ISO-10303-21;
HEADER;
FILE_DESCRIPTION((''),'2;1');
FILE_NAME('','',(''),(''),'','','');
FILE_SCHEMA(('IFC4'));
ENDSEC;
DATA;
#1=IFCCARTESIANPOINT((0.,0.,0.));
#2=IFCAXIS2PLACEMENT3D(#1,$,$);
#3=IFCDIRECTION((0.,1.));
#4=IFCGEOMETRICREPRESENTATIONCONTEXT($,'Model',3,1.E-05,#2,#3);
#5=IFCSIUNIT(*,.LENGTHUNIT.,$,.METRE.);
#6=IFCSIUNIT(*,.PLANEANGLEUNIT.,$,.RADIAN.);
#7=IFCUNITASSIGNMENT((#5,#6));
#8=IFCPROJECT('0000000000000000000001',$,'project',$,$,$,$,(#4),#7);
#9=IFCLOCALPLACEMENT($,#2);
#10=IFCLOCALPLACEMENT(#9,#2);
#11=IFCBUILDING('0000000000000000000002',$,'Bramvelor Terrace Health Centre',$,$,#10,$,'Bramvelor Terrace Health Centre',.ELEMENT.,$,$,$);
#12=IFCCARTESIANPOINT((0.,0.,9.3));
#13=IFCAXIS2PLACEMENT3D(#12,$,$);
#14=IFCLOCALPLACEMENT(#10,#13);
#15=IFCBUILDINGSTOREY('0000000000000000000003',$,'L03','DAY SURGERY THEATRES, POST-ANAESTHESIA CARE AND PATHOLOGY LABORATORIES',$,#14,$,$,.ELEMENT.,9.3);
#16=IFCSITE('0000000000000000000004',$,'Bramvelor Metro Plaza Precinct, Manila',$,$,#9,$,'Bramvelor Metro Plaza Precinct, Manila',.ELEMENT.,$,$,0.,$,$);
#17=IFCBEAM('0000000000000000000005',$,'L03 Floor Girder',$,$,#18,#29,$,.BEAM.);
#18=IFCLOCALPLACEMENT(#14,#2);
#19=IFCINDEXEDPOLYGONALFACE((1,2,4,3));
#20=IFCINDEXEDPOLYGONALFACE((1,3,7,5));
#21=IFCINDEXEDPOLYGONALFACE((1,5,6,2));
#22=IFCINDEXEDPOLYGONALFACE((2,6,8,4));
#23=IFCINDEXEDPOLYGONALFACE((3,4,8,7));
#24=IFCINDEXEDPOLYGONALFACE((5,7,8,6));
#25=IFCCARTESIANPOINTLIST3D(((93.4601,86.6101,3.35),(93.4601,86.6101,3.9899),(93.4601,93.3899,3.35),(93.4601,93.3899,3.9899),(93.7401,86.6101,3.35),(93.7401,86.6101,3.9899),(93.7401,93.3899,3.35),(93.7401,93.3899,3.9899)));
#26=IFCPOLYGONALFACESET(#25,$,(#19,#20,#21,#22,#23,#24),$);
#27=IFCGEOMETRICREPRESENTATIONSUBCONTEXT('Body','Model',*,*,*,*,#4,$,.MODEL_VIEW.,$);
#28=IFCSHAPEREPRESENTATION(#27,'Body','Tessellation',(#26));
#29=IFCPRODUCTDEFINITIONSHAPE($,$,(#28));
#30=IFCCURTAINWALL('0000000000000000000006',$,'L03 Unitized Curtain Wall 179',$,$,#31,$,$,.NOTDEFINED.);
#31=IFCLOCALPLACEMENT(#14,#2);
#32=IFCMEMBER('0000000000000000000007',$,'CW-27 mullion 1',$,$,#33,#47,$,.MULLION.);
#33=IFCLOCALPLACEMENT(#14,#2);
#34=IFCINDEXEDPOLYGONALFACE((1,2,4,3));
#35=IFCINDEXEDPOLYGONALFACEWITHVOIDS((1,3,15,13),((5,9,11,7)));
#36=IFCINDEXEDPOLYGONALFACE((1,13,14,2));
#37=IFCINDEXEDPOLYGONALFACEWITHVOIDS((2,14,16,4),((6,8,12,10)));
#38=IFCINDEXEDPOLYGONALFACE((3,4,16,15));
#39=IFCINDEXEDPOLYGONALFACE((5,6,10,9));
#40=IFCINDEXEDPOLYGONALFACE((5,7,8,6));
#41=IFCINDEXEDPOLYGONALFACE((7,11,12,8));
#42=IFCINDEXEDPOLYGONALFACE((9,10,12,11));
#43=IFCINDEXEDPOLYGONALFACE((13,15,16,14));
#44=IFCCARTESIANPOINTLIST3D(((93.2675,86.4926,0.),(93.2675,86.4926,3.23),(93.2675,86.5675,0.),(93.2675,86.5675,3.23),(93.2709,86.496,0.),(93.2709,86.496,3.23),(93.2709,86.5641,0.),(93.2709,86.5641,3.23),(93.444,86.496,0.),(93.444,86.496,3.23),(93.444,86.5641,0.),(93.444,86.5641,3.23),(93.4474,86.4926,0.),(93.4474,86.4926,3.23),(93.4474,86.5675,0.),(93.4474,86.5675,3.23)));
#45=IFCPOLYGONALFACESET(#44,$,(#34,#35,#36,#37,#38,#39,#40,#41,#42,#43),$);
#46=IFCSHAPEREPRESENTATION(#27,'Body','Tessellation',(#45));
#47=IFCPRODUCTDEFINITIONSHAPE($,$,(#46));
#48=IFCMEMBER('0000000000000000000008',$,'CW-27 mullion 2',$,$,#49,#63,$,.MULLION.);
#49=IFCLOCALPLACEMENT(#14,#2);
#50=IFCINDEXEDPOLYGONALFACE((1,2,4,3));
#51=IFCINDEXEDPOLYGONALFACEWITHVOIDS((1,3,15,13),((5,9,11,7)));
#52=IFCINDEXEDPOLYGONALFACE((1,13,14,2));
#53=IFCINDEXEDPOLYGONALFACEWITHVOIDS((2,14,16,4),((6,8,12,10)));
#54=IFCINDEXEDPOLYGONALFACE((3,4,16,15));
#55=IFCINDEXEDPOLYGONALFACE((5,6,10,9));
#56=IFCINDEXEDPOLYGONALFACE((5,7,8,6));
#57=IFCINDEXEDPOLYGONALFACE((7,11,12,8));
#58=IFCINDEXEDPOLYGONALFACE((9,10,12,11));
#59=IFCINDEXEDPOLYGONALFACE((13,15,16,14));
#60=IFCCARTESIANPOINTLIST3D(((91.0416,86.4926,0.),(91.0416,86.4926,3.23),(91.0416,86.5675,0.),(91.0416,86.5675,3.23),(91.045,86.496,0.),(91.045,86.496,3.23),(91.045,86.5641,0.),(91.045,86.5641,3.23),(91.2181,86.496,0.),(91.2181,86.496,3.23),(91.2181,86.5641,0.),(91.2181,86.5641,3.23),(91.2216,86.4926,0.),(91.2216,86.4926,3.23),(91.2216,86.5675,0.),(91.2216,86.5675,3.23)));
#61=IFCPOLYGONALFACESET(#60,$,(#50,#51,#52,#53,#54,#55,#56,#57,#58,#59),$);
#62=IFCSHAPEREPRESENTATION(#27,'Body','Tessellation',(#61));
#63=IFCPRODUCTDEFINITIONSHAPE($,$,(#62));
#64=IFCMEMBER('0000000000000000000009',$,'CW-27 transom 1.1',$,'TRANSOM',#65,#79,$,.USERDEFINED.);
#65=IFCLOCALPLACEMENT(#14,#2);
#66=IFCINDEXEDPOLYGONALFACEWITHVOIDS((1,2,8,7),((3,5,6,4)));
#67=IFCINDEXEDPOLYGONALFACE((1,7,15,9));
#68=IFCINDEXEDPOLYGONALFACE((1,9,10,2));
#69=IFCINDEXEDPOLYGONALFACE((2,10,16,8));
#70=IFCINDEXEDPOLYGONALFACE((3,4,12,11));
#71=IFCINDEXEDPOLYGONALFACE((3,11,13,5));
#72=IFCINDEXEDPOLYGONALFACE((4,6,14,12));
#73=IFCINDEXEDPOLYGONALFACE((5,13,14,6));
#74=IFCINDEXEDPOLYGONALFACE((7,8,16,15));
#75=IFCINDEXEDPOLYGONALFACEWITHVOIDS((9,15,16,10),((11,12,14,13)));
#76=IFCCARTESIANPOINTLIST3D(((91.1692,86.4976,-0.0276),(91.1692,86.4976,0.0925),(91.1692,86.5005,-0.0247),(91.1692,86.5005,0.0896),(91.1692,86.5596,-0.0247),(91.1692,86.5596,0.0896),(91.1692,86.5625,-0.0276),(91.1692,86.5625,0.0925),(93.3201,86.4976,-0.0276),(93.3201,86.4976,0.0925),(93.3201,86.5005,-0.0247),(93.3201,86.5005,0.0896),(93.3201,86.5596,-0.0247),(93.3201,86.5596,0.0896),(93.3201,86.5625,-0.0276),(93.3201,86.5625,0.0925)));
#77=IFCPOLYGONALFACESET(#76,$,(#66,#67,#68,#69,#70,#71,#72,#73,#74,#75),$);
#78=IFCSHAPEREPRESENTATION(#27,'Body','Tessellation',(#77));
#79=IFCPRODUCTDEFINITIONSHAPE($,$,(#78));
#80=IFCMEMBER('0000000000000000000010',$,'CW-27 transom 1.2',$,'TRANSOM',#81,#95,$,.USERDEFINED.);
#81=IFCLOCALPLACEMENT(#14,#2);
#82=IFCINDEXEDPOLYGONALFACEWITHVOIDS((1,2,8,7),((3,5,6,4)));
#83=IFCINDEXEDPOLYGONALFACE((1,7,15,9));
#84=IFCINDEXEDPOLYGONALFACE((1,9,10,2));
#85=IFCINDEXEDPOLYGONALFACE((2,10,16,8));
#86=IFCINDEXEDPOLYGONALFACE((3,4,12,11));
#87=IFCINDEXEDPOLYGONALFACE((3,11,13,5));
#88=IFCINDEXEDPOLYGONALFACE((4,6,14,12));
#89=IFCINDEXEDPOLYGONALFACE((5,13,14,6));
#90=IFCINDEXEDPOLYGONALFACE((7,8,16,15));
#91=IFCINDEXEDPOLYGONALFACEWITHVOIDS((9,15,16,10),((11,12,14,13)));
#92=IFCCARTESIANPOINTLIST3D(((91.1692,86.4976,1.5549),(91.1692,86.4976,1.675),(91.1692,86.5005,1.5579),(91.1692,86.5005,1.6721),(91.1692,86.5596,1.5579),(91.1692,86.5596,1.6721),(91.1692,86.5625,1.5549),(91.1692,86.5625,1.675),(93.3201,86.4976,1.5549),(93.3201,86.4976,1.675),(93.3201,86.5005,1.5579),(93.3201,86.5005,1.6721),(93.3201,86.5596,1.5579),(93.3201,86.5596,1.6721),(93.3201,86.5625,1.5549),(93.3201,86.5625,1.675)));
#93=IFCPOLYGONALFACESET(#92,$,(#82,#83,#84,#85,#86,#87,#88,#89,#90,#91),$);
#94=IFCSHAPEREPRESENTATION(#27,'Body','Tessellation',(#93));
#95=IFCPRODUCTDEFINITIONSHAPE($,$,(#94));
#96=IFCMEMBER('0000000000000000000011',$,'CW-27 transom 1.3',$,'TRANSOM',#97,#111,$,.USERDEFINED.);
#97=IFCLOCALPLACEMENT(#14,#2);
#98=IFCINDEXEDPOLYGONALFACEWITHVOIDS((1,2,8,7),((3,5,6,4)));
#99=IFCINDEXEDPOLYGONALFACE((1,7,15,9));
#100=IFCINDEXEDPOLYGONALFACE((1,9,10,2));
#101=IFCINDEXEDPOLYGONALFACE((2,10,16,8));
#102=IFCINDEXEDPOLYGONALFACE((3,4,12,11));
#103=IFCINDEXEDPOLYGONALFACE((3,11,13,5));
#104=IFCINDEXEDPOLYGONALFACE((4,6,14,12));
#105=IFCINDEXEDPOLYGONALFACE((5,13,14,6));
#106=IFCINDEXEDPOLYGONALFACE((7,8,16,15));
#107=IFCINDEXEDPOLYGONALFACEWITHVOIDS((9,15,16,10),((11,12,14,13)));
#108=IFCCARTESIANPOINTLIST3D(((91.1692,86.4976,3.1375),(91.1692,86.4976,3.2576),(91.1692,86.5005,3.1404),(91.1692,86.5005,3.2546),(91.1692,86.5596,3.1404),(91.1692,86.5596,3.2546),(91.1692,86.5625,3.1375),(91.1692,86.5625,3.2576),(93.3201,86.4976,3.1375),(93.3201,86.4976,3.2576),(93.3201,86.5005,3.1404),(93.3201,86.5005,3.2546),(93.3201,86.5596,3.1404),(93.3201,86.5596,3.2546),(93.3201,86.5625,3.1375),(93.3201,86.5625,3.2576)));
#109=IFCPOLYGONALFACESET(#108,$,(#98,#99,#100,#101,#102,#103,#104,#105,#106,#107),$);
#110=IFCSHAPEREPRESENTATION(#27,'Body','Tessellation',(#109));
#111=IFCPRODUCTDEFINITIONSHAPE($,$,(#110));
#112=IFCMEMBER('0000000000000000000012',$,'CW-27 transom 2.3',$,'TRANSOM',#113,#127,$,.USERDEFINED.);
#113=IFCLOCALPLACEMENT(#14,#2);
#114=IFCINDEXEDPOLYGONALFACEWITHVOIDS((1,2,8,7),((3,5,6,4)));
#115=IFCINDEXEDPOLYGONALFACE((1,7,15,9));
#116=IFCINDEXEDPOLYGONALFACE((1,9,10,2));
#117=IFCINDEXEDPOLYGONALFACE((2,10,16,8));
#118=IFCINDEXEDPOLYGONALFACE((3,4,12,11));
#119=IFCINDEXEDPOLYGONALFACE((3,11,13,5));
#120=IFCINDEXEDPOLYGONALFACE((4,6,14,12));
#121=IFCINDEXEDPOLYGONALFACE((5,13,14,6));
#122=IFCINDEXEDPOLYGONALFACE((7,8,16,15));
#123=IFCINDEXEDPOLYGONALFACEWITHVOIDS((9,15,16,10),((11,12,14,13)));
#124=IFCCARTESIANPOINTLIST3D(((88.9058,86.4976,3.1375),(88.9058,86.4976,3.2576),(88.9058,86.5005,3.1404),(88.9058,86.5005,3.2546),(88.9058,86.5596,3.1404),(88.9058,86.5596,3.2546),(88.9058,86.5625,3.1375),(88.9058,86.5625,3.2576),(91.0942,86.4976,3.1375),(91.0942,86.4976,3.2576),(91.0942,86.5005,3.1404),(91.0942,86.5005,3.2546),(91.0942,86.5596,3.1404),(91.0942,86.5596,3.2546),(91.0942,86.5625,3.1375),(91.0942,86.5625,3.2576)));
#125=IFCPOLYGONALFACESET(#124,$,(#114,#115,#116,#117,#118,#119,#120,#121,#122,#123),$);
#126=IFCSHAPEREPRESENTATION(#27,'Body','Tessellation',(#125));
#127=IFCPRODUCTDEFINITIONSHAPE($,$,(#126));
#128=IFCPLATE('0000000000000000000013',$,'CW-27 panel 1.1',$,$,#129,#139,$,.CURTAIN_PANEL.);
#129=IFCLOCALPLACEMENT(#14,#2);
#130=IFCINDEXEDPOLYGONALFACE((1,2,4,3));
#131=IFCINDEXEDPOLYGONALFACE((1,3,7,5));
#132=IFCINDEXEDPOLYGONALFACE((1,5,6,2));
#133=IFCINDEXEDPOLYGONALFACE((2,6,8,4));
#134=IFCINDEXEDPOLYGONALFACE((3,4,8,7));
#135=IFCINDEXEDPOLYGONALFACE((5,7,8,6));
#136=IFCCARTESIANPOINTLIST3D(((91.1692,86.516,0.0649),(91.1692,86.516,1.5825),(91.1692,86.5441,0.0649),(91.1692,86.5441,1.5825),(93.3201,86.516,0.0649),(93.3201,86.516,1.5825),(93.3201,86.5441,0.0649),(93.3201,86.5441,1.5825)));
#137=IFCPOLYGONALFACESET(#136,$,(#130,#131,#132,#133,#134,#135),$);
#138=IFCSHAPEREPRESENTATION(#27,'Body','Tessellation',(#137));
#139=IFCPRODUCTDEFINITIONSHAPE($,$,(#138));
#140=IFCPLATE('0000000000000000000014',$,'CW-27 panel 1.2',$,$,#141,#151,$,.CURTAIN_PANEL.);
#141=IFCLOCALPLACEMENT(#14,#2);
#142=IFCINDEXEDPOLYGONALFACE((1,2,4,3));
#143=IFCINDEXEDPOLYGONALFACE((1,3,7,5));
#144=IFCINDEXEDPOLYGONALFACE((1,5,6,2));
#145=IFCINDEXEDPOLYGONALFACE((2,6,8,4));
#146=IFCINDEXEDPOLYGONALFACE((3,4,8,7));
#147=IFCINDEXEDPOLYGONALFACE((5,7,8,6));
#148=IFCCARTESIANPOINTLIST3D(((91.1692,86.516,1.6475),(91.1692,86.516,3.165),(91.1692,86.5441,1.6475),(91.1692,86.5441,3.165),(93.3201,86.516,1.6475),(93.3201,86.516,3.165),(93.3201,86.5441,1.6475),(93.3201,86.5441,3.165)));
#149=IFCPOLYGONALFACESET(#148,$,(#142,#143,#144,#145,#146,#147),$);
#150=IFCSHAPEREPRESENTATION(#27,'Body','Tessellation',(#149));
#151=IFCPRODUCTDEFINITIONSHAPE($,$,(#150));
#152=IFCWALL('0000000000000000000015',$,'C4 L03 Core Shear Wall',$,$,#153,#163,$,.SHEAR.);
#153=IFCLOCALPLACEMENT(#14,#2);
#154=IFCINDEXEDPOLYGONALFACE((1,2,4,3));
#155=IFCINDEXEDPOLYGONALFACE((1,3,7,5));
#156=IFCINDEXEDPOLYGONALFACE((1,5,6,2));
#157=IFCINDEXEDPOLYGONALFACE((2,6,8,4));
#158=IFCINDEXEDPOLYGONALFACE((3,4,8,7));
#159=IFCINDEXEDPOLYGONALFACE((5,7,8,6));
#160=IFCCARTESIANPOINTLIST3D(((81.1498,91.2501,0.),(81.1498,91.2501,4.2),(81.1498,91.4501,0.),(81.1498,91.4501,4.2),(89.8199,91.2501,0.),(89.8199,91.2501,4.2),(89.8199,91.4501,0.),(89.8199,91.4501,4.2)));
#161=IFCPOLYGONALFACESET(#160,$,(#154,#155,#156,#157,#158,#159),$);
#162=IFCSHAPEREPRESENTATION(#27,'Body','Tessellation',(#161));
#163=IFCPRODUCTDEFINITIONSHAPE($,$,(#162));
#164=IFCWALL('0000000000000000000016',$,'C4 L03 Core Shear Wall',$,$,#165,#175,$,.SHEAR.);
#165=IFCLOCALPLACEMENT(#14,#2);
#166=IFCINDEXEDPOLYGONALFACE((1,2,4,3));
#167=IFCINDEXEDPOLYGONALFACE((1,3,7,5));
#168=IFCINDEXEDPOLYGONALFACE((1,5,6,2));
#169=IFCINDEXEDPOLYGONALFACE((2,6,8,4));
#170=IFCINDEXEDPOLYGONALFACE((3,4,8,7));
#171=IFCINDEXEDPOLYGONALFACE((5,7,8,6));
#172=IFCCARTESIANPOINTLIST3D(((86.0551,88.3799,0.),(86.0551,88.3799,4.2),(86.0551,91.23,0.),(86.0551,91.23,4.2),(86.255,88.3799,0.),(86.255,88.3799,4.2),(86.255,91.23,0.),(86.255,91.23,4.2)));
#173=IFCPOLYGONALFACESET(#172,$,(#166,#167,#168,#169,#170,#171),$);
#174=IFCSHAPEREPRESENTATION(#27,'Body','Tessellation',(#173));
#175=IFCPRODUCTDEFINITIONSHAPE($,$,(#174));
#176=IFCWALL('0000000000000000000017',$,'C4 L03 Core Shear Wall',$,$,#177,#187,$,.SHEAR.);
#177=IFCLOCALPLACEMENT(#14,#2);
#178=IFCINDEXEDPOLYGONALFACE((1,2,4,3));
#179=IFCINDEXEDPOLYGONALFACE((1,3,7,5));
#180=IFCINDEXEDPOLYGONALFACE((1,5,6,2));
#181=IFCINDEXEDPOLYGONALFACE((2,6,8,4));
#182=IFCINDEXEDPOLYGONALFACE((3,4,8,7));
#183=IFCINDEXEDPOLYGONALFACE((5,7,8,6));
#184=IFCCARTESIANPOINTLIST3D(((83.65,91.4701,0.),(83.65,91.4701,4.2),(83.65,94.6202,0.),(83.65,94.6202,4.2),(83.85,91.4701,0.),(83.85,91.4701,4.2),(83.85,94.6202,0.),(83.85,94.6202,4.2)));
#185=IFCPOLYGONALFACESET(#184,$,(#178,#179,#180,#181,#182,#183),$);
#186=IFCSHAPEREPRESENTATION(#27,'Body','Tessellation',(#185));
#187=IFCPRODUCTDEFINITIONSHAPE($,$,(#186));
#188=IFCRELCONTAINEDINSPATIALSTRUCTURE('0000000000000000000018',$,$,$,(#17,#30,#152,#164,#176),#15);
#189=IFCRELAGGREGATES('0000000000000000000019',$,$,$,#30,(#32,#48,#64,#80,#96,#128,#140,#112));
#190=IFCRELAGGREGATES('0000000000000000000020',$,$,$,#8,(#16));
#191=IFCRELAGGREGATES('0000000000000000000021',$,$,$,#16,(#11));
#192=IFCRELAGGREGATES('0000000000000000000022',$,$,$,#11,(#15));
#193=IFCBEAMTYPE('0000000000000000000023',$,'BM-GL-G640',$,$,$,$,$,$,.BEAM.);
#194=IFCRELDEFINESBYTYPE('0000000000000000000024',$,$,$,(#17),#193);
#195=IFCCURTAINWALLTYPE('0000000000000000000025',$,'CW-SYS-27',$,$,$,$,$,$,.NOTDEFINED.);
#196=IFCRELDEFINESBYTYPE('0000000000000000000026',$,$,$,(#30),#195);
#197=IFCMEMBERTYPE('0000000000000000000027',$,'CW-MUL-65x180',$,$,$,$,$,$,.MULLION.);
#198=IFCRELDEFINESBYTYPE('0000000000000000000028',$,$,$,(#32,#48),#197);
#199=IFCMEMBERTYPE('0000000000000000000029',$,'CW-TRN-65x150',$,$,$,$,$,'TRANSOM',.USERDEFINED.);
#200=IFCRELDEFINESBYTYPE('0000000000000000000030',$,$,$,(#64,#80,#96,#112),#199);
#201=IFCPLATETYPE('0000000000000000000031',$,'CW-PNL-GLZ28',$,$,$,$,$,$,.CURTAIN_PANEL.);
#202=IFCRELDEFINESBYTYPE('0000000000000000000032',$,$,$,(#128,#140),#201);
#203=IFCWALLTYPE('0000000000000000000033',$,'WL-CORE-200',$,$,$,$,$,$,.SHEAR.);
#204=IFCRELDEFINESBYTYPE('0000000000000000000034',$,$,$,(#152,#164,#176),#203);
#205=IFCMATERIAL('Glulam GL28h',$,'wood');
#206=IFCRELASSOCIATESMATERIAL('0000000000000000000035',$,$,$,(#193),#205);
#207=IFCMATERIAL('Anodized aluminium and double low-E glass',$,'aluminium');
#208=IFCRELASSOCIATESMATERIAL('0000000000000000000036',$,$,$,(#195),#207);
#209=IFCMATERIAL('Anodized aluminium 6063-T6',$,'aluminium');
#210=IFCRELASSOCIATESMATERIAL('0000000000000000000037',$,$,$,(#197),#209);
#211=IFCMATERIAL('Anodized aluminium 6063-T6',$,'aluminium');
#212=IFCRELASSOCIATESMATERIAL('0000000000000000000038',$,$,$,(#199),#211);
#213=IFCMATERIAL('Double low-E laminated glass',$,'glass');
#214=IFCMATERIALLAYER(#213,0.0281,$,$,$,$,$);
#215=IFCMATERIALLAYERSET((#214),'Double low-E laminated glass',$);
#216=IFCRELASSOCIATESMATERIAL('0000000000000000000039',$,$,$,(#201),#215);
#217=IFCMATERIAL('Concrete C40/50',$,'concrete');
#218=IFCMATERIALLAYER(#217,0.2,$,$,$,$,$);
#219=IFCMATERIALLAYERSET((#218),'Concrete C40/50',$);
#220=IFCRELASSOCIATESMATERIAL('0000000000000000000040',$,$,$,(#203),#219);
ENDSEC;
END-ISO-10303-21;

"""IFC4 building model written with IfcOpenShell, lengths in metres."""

from ifc_helpers import new_model, si_unit, direction, frame, frame_2d, origin, origin_2d, place, context, subcontext, project, spatial, rectangle, hollow_rectangle, extrude, material, layer, layer_set, material_profile, profile_set, type_object, element, aggregate, save


model = new_model("IFC4")

# Units and contexts
model_context = context("Model", 3, precision=1e-05, world=origin(), true_north=direction((0.0, 1.0)))
body_context = subcontext(model_context, "Body", "Model", "MODEL_VIEW")
ifc_project = project(units=[si_unit("LENGTHUNIT", "METRE"), si_unit("PLANEANGLEUNIT", "RADIAN")], contexts=[model_context])

# Site, building, storey
site_placement = place(None, origin())
site = spatial("IfcSite", under=ifc_project, at=site_placement, Name="Bramvelor Metro Plaza Precinct, Manila", LongName="Bramvelor Metro Plaza Precinct, Manila", CompositionType="ELEMENT", RefElevation=0.0)
building_placement = place(site_placement, origin())
building = spatial("IfcBuilding", under=site, at=building_placement, Name="Bramvelor Terrace Health Centre", LongName="Bramvelor Terrace Health Centre", CompositionType="ELEMENT")
storey_placement = place(building_placement, frame((0.0, 0.0, 9.3)))
storey = spatial("IfcBuildingStorey", under=building, at=storey_placement, Name="L03", Description="DAY SURGERY THEATRES, POST-ANAESTHESIA CARE AND PATHOLOGY LABORATORIES", CompositionType="ELEMENT", Elevation=9.3)

# Beam
ifc_material_1 = material(Name="Glulam GL28h", Category="wood")
ifc_material_profile_1 = material_profile(ifc_material_1, rectangle(XDim=0.28, YDim=0.6399, at=origin_2d()), Name="GL 280x640")
ifc_profile_set_1 = profile_set([ifc_material_profile_1], Name="Glulam GL28h")
beam_type = type_object("IfcBeamType", Name="BM-GL-G640", PredefinedType="BEAM", material=ifc_profile_set_1)
beam_placement = place(storey_placement, frame((93.6001, 86.6101, 3.6699), z_axis=(0.0, 1.0, 0.0), x_axis=(-1.0, 0.0, 0.0)))
element("IfcBeam", 1, at=beam_placement, inside=storey, type_object=beam_type, Name="L03 Floor Girder", PredefinedType="BEAM", context=body_context, shape_type="SweptSolid", body=[
    extrude(rectangle(XDim=0.28, YDim=0.6399, at=origin_2d()), origin(), (0.0, 0.0, 1.0), 6.7798),
])

# Curtain wall, members, plates
ifc_material_2 = material(Name="Anodized aluminium and double low-E glass", Category="aluminium")
curtain_wall_type = type_object("IfcCurtainWallType", Name="CW-SYS-27", PredefinedType="NOTDEFINED", material=ifc_material_2)
curtain_wall_placement = place(storey_placement, origin())
curtain_wall = element("IfcCurtainWall", 2, at=curtain_wall_placement, inside=storey, type_object=curtain_wall_type, Name="L03 Unitized Curtain Wall 179", PredefinedType="NOTDEFINED")
ifc_material_3 = material(Name="Anodized aluminium 6063-T6", Category="aluminium")
ifc_material_profile_2 = material_profile(ifc_material_3, hollow_rectangle(XDim=0.075, YDim=0.1799, WallThickness=0.0034, at=origin_2d()), Name="ALU-MUL 75x180x3.5")
ifc_profile_set_2 = profile_set([ifc_material_profile_2], Name="Anodized aluminium 6063-T6")
member_type_1 = type_object("IfcMemberType", Name="CW-MUL-65x180", PredefinedType="MULLION", material=ifc_profile_set_2)
member_1_placement = place(storey_placement, frame((93.3574, 86.53, 0.0), z_axis=(0.0, 0.0, 1.0), x_axis=(0.0, -1.0, 0.0)))
member_1 = element("IfcMember", 3, at=member_1_placement, type_object=member_type_1, Name="CW-27 mullion 1", PredefinedType="MULLION", context=body_context, shape_type="SweptSolid", body=[
    extrude(hollow_rectangle(XDim=0.075, YDim=0.1799, WallThickness=0.0034, at=origin_2d()), origin(), (0.0, 0.0, 1.0), 3.23),
])
member_2_placement = place(storey_placement, frame((91.1316, 86.53, 0.0), z_axis=(0.0, 0.0, 1.0), x_axis=(0.0, -1.0, 0.0)))
member_2 = element("IfcMember", 4, at=member_2_placement, type_object=member_type_1, Name="CW-27 mullion 2", PredefinedType="MULLION", context=body_context, shape_type="SweptSolid", body=[
    extrude(hollow_rectangle(XDim=0.075, YDim=0.1799, WallThickness=0.0034, at=origin_2d()), origin(), (0.0, 0.0, 1.0), 3.23),
])
ifc_material_4 = material(Name="Anodized aluminium 6063-T6", Category="aluminium")
ifc_material_profile_3 = material_profile(ifc_material_4, hollow_rectangle(XDim=0.0649, YDim=0.1201, WallThickness=0.0029, at=origin_2d()), Name="ALU-TRN 65x120x3.0")
ifc_profile_set_3 = profile_set([ifc_material_profile_3], Name="Anodized aluminium 6063-T6")
member_type_2 = type_object("IfcMemberType", Name="CW-TRN-65x150", ElementType="TRANSOM", PredefinedType="USERDEFINED", material=ifc_profile_set_3)
member_3_placement = place(storey_placement, frame((93.3201, 86.53, 0.0325), z_axis=(-1.0, 0.0, 0.0), x_axis=(0.0, -1.0, 0.0)))
member_3 = element("IfcMember", 5, at=member_3_placement, type_object=member_type_2, Name="CW-27 transom 1.1", ObjectType="TRANSOM", PredefinedType="USERDEFINED", context=body_context, shape_type="SweptSolid", body=[
    extrude(hollow_rectangle(XDim=0.0649, YDim=0.1201, WallThickness=0.0029, at=origin_2d()), origin(), (0.0, 0.0, 1.0), 2.1509),
])
member_4_placement = place(storey_placement, frame((93.3201, 86.53, 1.615), z_axis=(-1.0, 0.0, 0.0), x_axis=(0.0, -1.0, 0.0)))
member_4 = element("IfcMember", 6, at=member_4_placement, type_object=member_type_2, Name="CW-27 transom 1.2", ObjectType="TRANSOM", PredefinedType="USERDEFINED", context=body_context, shape_type="SweptSolid", body=[
    extrude(hollow_rectangle(XDim=0.0649, YDim=0.1201, WallThickness=0.0029, at=origin_2d()), origin(), (0.0, 0.0, 1.0), 2.1509),
])
member_5_placement = place(storey_placement, frame((93.3201, 86.53, 3.1975), z_axis=(-1.0, 0.0, 0.0), x_axis=(0.0, -1.0, 0.0)))
member_5 = element("IfcMember", 7, at=member_5_placement, type_object=member_type_2, Name="CW-27 transom 1.3", ObjectType="TRANSOM", PredefinedType="USERDEFINED", context=body_context, shape_type="SweptSolid", body=[
    extrude(hollow_rectangle(XDim=0.0649, YDim=0.1201, WallThickness=0.0029, at=origin_2d()), origin(), (0.0, 0.0, 1.0), 2.1509),
])
member_6_placement = place(storey_placement, frame((91.0942, 86.53, 3.1975), z_axis=(-1.0, 0.0, 0.0), x_axis=(0.0, -1.0, 0.0)))
member_6 = element("IfcMember", 8, at=member_6_placement, type_object=member_type_2, Name="CW-27 transom 2.3", ObjectType="TRANSOM", PredefinedType="USERDEFINED", context=body_context, shape_type="SweptSolid", body=[
    extrude(hollow_rectangle(XDim=0.0649, YDim=0.1201, WallThickness=0.0029, at=origin_2d()), origin(), (0.0, 0.0, 1.0), 2.1885),
])
ifc_material_5 = material(Name="Double low-E laminated glass", Category="glass")
ifc_layer_1 = layer(ifc_material_5, 0.0281)
ifc_layer_set_1 = layer_set([ifc_layer_1], Name="Double low-E laminated glass")
plate_type = type_object("IfcPlateType", Name="CW-PNL-GLZ28", PredefinedType="CURTAIN_PANEL", material=ifc_layer_set_1)
plate_1_placement = place(storey_placement, frame((92.2446, 86.53, 0.0649), z_axis=(0.0, 0.0, 1.0), x_axis=(-1.0, 0.0, 0.0)))
plate_1 = element("IfcPlate", 9, at=plate_1_placement, type_object=plate_type, Name="CW-27 panel 1.1", PredefinedType="CURTAIN_PANEL", context=body_context, shape_type="SweptSolid", body=[
    extrude(rectangle(XDim=2.1509, YDim=0.0281, at=origin_2d()), origin(), (0.0, 0.0, 1.0), 1.5176),
])
plate_2_placement = place(storey_placement, frame((92.2446, 86.53, 1.6475), z_axis=(0.0, 0.0, 1.0), x_axis=(-1.0, 0.0, 0.0)))
plate_2 = element("IfcPlate", 10, at=plate_2_placement, type_object=plate_type, Name="CW-27 panel 1.2", PredefinedType="CURTAIN_PANEL", context=body_context, shape_type="SweptSolid", body=[
    extrude(rectangle(XDim=2.1509, YDim=0.0281, at=origin_2d()), origin(), (0.0, 0.0, 1.0), 1.5176),
])
aggregate(curtain_wall, [member_1, member_2, member_3, member_4, member_5, plate_1, plate_2, member_6])

# Walls
ifc_material_6 = material(Name="Concrete C40/50", Category="concrete")
ifc_layer_2 = layer(ifc_material_6, 0.2)
ifc_layer_set_2 = layer_set([ifc_layer_2], Name="Concrete C40/50")
wall_type_1 = type_object("IfcWallType", Name="WL-CORE-200", PredefinedType="SHEAR", material=ifc_layer_set_2)
wall_1_placement = place(storey_placement, frame((81.1499, 91.3501, 0.0), z_axis=(0.0, 0.0, 1.0), x_axis=(1.0, 0.0, 0.0)))
element("IfcWall", 11, at=wall_1_placement, inside=storey, type_object=wall_type_1, Name="C4 L03 Core Shear Wall", PredefinedType="SHEAR", context=body_context, shape_type="SweptSolid", body=[
    extrude(rectangle(XDim=8.6702, YDim=0.2, at=frame_2d((4.335, 0.0))), origin(), (0.0, 0.0, 1.0), 4.2),
])
wall_2_placement = place(storey_placement, frame((86.155, 88.3799, 0.0), z_axis=(0.0, 0.0, 1.0), x_axis=(0.0, 1.0, 0.0)))
element("IfcWall", 12, at=wall_2_placement, inside=storey, type_object=wall_type_1, Name="C4 L03 Core Shear Wall", PredefinedType="SHEAR", context=body_context, shape_type="SweptSolid", body=[
    extrude(rectangle(XDim=2.8501, YDim=0.2, at=frame_2d((1.425, 0.0))), origin(), (0.0, 0.0, 1.0), 4.2),
])
wall_3_placement = place(storey_placement, frame((83.75, 91.47, 0.0), z_axis=(0.0, 0.0, 1.0), x_axis=(0.0, 1.0, 0.0)))
element("IfcWall", 13, at=wall_3_placement, inside=storey, type_object=wall_type_1, Name="C4 L03 Core Shear Wall", PredefinedType="SHEAR", context=body_context, shape_type="SweptSolid", body=[
    extrude(rectangle(XDim=3.1501, YDim=0.2, at=frame_2d((1.5752, 0.0))), origin(), (0.0, 0.0, 1.0), 4.2),
])

save(model, "model.ifc")
